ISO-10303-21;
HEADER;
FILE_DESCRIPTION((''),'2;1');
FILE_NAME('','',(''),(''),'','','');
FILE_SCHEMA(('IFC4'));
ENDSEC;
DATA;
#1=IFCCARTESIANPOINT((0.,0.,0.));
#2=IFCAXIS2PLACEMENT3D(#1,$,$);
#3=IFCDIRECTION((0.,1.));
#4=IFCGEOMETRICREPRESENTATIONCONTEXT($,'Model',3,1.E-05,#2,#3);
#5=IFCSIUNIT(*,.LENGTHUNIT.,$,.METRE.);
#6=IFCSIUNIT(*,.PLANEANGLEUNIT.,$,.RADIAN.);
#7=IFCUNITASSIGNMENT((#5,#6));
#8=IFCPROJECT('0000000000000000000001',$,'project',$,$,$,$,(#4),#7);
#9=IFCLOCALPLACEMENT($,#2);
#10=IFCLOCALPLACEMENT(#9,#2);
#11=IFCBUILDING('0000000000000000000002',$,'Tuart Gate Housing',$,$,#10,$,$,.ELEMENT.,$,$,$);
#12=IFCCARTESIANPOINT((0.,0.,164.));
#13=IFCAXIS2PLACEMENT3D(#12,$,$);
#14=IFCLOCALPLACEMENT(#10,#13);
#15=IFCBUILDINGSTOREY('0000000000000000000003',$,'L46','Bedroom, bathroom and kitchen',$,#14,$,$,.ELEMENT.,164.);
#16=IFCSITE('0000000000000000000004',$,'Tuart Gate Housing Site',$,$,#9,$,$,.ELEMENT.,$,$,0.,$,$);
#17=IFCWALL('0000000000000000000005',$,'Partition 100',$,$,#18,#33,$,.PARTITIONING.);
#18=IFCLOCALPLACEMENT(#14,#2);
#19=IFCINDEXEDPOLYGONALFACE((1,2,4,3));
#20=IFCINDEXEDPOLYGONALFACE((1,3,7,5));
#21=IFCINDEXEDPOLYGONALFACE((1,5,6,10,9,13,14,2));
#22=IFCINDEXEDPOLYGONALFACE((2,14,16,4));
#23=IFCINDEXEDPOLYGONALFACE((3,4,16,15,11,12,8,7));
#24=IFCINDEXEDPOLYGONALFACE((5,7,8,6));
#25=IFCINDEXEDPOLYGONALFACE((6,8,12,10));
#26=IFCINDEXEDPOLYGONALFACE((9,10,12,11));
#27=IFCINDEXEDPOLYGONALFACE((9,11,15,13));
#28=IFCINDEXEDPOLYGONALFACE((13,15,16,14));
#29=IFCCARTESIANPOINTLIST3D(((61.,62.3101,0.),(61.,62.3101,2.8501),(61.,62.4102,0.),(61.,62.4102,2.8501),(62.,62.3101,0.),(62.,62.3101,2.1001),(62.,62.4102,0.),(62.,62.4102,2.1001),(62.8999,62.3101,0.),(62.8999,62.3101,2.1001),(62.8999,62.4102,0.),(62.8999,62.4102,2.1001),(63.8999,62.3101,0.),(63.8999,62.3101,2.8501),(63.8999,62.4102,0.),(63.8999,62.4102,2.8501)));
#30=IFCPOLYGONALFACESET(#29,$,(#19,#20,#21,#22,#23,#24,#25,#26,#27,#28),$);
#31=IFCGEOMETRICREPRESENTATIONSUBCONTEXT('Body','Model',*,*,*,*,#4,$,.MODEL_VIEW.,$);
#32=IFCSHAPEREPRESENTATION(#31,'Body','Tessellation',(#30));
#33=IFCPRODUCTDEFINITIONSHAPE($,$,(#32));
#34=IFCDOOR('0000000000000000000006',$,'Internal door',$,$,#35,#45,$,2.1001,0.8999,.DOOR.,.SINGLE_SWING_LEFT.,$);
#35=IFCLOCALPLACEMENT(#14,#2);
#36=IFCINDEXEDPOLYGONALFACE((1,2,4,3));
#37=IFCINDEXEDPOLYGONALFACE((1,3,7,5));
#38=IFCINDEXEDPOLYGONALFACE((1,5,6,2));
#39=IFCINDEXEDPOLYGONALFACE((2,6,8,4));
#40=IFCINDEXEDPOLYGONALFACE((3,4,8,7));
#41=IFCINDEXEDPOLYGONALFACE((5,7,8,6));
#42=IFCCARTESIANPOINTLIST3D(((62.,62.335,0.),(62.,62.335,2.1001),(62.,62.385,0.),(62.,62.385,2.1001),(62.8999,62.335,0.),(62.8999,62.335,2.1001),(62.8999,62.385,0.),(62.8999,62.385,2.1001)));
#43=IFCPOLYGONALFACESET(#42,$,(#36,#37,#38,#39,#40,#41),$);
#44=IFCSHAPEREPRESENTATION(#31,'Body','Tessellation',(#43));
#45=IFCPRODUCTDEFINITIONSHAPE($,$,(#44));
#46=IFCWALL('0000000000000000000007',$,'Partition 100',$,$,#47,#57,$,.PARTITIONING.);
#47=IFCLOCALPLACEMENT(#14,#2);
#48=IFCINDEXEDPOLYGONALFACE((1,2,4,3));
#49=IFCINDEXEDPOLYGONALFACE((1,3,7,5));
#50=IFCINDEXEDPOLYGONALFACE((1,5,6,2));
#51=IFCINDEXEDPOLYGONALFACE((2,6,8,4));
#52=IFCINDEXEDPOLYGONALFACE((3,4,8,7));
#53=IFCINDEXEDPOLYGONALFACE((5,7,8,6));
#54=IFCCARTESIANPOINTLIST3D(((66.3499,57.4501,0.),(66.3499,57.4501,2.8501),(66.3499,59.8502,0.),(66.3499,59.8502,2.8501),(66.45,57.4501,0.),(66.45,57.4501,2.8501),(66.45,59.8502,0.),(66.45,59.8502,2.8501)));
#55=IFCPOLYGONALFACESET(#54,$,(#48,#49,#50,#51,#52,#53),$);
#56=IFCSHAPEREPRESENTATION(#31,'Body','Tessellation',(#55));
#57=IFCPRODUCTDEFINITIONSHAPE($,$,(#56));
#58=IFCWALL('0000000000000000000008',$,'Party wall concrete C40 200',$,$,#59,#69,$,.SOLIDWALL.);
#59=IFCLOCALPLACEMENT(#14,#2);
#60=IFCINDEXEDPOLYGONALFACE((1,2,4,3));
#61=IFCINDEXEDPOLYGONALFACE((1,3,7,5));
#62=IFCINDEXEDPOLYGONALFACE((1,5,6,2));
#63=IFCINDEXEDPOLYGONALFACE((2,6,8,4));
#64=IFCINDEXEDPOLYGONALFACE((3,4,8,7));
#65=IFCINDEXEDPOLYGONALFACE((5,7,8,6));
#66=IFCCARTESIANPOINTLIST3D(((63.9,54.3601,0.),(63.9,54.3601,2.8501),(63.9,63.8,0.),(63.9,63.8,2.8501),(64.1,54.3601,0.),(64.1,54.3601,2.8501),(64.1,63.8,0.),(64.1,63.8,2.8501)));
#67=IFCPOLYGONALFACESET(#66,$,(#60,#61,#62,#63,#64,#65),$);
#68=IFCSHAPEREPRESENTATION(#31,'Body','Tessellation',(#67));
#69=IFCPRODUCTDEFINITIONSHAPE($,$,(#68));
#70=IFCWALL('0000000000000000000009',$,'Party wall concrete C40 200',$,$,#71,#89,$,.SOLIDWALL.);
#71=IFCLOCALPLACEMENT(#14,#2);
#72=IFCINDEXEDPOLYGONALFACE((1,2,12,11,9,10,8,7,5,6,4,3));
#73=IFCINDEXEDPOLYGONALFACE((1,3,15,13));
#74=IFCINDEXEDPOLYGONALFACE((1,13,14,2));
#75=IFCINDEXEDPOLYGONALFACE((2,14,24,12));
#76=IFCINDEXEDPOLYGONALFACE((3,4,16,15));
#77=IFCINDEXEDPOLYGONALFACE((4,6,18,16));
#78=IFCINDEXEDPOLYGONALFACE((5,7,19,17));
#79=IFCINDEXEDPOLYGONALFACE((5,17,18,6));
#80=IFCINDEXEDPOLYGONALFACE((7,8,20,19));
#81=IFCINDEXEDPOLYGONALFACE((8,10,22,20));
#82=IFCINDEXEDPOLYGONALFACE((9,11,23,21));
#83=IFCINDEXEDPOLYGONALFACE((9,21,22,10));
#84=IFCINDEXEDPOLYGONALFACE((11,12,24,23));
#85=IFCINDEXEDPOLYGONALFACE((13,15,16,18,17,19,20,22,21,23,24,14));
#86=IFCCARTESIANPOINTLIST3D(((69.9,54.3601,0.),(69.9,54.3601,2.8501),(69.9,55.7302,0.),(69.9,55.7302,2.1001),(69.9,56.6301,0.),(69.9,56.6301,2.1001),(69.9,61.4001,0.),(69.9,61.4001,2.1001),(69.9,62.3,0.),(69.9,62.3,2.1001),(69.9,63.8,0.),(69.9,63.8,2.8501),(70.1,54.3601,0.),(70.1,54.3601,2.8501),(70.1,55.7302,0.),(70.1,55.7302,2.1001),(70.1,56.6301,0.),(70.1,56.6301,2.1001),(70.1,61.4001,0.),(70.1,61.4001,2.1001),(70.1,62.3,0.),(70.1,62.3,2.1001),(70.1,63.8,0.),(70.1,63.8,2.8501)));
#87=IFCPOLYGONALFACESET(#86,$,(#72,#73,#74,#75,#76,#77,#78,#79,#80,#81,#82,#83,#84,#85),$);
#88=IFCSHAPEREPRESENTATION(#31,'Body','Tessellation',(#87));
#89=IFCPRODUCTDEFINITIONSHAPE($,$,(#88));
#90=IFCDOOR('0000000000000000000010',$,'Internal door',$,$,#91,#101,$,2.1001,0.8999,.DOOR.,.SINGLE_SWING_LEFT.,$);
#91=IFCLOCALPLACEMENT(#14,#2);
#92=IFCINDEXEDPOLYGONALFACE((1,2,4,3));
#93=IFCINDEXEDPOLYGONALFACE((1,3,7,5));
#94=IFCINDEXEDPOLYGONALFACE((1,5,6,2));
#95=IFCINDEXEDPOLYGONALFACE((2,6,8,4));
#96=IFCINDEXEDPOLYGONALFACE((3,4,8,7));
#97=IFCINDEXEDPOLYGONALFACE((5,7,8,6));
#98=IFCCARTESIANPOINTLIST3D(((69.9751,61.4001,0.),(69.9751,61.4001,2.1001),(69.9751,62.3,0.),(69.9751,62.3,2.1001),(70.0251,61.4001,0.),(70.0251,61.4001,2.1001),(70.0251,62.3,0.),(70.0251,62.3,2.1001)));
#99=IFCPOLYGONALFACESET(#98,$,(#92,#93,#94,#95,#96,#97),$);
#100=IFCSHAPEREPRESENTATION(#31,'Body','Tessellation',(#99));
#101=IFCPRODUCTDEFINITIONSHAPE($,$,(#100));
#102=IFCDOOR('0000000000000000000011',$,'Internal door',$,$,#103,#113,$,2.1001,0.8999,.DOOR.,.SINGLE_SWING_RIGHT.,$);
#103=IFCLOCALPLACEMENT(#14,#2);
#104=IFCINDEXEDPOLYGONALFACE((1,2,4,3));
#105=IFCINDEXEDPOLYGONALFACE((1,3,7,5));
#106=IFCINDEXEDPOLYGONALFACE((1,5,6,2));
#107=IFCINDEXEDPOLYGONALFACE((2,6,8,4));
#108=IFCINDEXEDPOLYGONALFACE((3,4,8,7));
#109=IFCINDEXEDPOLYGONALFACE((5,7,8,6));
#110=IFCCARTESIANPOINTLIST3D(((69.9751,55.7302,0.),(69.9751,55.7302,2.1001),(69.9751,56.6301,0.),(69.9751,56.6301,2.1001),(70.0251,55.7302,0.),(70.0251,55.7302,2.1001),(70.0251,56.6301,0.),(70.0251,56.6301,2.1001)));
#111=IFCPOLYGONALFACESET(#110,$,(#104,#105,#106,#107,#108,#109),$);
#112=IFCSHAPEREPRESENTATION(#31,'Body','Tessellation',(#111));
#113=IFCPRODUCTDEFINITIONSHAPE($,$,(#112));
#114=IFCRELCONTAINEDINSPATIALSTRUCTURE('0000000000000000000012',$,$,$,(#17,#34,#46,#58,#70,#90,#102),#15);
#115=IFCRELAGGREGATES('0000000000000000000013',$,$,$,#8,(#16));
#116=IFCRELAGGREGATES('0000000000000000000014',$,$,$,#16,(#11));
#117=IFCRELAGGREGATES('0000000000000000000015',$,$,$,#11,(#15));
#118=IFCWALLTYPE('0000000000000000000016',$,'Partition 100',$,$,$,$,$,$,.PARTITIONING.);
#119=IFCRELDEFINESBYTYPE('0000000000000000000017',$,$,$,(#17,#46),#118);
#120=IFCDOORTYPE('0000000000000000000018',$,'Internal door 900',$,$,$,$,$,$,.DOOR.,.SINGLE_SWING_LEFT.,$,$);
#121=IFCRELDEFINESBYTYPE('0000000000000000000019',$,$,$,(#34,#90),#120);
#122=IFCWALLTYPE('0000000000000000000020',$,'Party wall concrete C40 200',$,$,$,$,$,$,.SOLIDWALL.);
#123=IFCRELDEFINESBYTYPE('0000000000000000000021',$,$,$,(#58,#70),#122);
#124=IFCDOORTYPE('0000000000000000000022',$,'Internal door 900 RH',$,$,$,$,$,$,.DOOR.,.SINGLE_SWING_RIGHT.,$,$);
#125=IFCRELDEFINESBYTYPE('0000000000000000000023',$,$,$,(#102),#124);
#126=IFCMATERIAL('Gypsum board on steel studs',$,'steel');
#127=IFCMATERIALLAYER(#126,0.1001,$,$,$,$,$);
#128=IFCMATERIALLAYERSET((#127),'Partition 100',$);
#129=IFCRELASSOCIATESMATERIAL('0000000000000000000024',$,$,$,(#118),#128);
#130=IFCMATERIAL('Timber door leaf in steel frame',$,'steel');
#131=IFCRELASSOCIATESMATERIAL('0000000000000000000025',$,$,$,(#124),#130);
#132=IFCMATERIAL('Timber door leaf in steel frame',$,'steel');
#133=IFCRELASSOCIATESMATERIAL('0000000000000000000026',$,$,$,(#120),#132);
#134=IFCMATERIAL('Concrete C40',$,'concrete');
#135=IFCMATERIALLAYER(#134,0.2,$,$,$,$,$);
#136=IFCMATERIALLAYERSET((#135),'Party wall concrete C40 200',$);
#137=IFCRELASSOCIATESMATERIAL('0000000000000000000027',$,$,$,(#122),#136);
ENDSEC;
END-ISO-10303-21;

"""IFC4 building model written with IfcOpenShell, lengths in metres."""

from ifc_helpers import new_model, si_unit, direction, frame, frame_2d, origin, place, context, subcontext, project, spatial, rectangle, extrude, material, layer, layer_set, type_object, element, fill, save


model = new_model("IFC4")

# Units and contexts
model_context = context("Model", 3, precision=1e-05, world=origin(), true_north=direction((0.0, 1.0)))
body_context = subcontext(model_context, "Body", "Model", "MODEL_VIEW")
ifc_project = project(units=[si_unit("LENGTHUNIT", "METRE"), si_unit("PLANEANGLEUNIT", "RADIAN")], contexts=[model_context])

# Site, building, storey
site_placement = place(None, origin())
site = spatial("IfcSite", under=ifc_project, at=site_placement, Name="Tuart Gate Housing Site", CompositionType="ELEMENT", RefElevation=0.0)
building_placement = place(site_placement, origin())
building = spatial("IfcBuilding", under=site, at=building_placement, Name="Tuart Gate Housing", CompositionType="ELEMENT")
storey_placement = place(building_placement, frame((0.0, 0.0, 164.0)))
storey = spatial("IfcBuildingStorey", under=building, at=storey_placement, Name="L46", Description="Bedroom, bathroom and kitchen", CompositionType="ELEMENT", Elevation=164.0)

# Shared definitions
ifc_material_1 = material(Name="Gypsum board on steel studs", Category="steel")
ifc_layer_1 = layer(ifc_material_1, 0.1001)
ifc_layer_set_1 = layer_set([ifc_layer_1], Name="Partition 100")
wall_type_1 = type_object("IfcWallType", Name="Partition 100", PredefinedType="PARTITIONING", material=ifc_layer_set_1)

# Shared definitions
ifc_material_2 = material(Name="Timber door leaf in steel frame", Category="steel")
door_type_1 = type_object("IfcDoorType", Name="Internal door 900 RH", OperationType="SINGLE_SWING_RIGHT", PredefinedType="DOOR", material=ifc_material_2)

# Wall, opening, door
wall_1_placement = place(storey_placement, frame((61.0, 62.3601, 0.0), z_axis=(0.0, 0.0, 1.0), x_axis=(1.0, 0.0, 0.0)))
wall_1 = element("IfcWall", 1, at=wall_1_placement, inside=storey, type_object=wall_type_1, Name="Partition 100", PredefinedType="PARTITIONING", context=body_context, shape_type="SweptSolid", body=[
    extrude(rectangle(XDim=2.8999, YDim=0.1001, at=frame_2d((1.45, 0.0))), origin(), (0.0, 0.0, 1.0), 2.8501),
])
opening_1_placement = place(wall_1_placement, frame((1.0, 0.0, 0.0)))
opening_1 = element("IfcOpeningElement", 2, at=opening_1_placement, cuts=wall_1, PredefinedType="OPENING", context=body_context, shape_type="SweptSolid", body=[
    extrude(rectangle(XDim=0.8999, YDim=2.1001, at=frame_2d((0.45, 1.05))), frame((0.0, 0.0601, 0.0), z_axis=(0.0, -1.0, 0.0), x_axis=(1.0, 0.0, 0.0)), (0.0, 0.0, 1.0), 0.1201),
])
ifc_material_3 = material(Name="Timber door leaf in steel frame", Category="steel")
door_type_2 = type_object("IfcDoorType", Name="Internal door 900", OperationType="SINGLE_SWING_LEFT", PredefinedType="DOOR", material=ifc_material_3)
door_1_placement = place(opening_1_placement, origin())
door_1 = element("IfcDoor", 3, at=door_1_placement, inside=storey, type_object=door_type_2, Name="Internal door", OperationType="SINGLE_SWING_LEFT", OverallHeight=2.1001, OverallWidth=0.8999, PredefinedType="DOOR", context=body_context, shape_type="SweptSolid", body=[
    extrude(rectangle(XDim=0.8999, YDim=2.1001, at=frame_2d((0.45, 1.05))), frame((0.0, 0.0249, 0.0), z_axis=(0.0, -1.0, 0.0), x_axis=(1.0, 0.0, 0.0)), (0.0, 0.0, 1.0), 0.05),
])
fill(opening_1, door_1)

# Walls
wall_2_placement = place(storey_placement, frame((66.3999, 57.45, 0.0), z_axis=(0.0, 0.0, 1.0), x_axis=(0.0, 1.0, 0.0)))
element("IfcWall", 4, at=wall_2_placement, inside=storey, type_object=wall_type_1, Name="Partition 100", PredefinedType="PARTITIONING", context=body_context, shape_type="SweptSolid", body=[
    extrude(rectangle(XDim=2.4001, YDim=0.1001, at=frame_2d((1.2002, 0.0))), origin(), (0.0, 0.0, 1.0), 2.8501),
])
ifc_material_4 = material(Name="Concrete C40", Category="concrete")
ifc_layer_2 = layer(ifc_material_4, 0.2)
ifc_layer_set_2 = layer_set([ifc_layer_2], Name="Party wall concrete C40 200")
wall_type_2 = type_object("IfcWallType", Name="Party wall concrete C40 200", PredefinedType="SOLIDWALL", material=ifc_layer_set_2)
wall_3_placement = place(storey_placement, frame((64.0, 54.3601, 0.0), z_axis=(0.0, 0.0, 1.0), x_axis=(0.0, 1.0, 0.0)))
element("IfcWall", 5, at=wall_3_placement, inside=storey, type_object=wall_type_2, Name="Party wall concrete C40 200", PredefinedType="SOLIDWALL", context=body_context, shape_type="SweptSolid", body=[
    extrude(rectangle(XDim=9.4399, YDim=0.2, at=frame_2d((4.72, 0.0))), origin(), (0.0, 0.0, 1.0), 2.8501),
])

# Wall, openings, doors
wall_4_placement = place(storey_placement, frame((70.0, 54.3601, 0.0), z_axis=(0.0, 0.0, 1.0), x_axis=(0.0, 1.0, 0.0)))
wall_4 = element("IfcWall", 6, at=wall_4_placement, inside=storey, type_object=wall_type_2, Name="Party wall concrete C40 200", PredefinedType="SOLIDWALL", context=body_context, shape_type="SweptSolid", body=[
    extrude(rectangle(XDim=9.4399, YDim=0.2, at=frame_2d((4.72, 0.0))), origin(), (0.0, 0.0, 1.0), 2.8501),
])
opening_2_placement = place(wall_4_placement, frame((1.3701, 0.0, 0.0)))
opening_2 = element("IfcOpeningElement", 7, at=opening_2_placement, cuts=wall_4, PredefinedType="OPENING", context=body_context, shape_type="SweptSolid", body=[
    extrude(rectangle(XDim=0.8999, YDim=2.1001, at=frame_2d((0.45, 1.05))), frame((0.0, 0.1099, 0.0), z_axis=(0.0, -1.0, 0.0), x_axis=(1.0, 0.0, 0.0)), (0.0, 0.0, 1.0), 0.22),
])
opening_3_placement = place(wall_4_placement, frame((7.04, 0.0, 0.0)))
opening_3 = element("IfcOpeningElement", 8, at=opening_3_placement, cuts=wall_4, PredefinedType="OPENING", context=body_context, shape_type="SweptSolid", body=[
    extrude(rectangle(XDim=0.8999, YDim=2.1001, at=frame_2d((0.45, 1.05))), frame((0.0, 0.1099, 0.0), z_axis=(0.0, -1.0, 0.0), x_axis=(1.0, 0.0, 0.0)), (0.0, 0.0, 1.0), 0.22),
])
door_2_placement = place(opening_3_placement, frame((0.8999, 0.0, 0.0), z_axis=(0.0, 0.0, 1.0), x_axis=(-1.0, 0.0, 0.0)))
door_2 = element("IfcDoor", 9, at=door_2_placement, inside=storey, type_object=door_type_2, Name="Internal door", OperationType="SINGLE_SWING_LEFT", OverallHeight=2.1001, OverallWidth=0.8999, PredefinedType="DOOR", context=body_context, shape_type="SweptSolid", body=[
    extrude(rectangle(XDim=0.8999, YDim=2.1001, at=frame_2d((0.45, 1.05))), frame((0.0, 0.0251, 0.0), z_axis=(0.0, -1.0, 0.0), x_axis=(1.0, 0.0, 0.0)), (0.0, 0.0, 1.0), 0.05),
])
fill(opening_3, door_2)
door_3_placement = place(opening_2_placement, frame((0.8999, 0.0, 0.0), z_axis=(0.0, 0.0, 1.0), x_axis=(-1.0, 0.0, 0.0)))
door_3 = element("IfcDoor", 10, at=door_3_placement, inside=storey, type_object=door_type_1, Name="Internal door", OperationType="SINGLE_SWING_RIGHT", OverallHeight=2.1001, OverallWidth=0.8999, PredefinedType="DOOR", context=body_context, shape_type="SweptSolid", body=[
    extrude(rectangle(XDim=0.8999, YDim=2.1001, at=frame_2d((0.45, 1.05))), frame((0.0, 0.0251, 0.0), z_axis=(0.0, -1.0, 0.0), x_axis=(1.0, 0.0, 0.0)), (0.0, 0.0, 1.0), 0.05),
])
fill(opening_2, door_3)

save(model, "model.ifc")
